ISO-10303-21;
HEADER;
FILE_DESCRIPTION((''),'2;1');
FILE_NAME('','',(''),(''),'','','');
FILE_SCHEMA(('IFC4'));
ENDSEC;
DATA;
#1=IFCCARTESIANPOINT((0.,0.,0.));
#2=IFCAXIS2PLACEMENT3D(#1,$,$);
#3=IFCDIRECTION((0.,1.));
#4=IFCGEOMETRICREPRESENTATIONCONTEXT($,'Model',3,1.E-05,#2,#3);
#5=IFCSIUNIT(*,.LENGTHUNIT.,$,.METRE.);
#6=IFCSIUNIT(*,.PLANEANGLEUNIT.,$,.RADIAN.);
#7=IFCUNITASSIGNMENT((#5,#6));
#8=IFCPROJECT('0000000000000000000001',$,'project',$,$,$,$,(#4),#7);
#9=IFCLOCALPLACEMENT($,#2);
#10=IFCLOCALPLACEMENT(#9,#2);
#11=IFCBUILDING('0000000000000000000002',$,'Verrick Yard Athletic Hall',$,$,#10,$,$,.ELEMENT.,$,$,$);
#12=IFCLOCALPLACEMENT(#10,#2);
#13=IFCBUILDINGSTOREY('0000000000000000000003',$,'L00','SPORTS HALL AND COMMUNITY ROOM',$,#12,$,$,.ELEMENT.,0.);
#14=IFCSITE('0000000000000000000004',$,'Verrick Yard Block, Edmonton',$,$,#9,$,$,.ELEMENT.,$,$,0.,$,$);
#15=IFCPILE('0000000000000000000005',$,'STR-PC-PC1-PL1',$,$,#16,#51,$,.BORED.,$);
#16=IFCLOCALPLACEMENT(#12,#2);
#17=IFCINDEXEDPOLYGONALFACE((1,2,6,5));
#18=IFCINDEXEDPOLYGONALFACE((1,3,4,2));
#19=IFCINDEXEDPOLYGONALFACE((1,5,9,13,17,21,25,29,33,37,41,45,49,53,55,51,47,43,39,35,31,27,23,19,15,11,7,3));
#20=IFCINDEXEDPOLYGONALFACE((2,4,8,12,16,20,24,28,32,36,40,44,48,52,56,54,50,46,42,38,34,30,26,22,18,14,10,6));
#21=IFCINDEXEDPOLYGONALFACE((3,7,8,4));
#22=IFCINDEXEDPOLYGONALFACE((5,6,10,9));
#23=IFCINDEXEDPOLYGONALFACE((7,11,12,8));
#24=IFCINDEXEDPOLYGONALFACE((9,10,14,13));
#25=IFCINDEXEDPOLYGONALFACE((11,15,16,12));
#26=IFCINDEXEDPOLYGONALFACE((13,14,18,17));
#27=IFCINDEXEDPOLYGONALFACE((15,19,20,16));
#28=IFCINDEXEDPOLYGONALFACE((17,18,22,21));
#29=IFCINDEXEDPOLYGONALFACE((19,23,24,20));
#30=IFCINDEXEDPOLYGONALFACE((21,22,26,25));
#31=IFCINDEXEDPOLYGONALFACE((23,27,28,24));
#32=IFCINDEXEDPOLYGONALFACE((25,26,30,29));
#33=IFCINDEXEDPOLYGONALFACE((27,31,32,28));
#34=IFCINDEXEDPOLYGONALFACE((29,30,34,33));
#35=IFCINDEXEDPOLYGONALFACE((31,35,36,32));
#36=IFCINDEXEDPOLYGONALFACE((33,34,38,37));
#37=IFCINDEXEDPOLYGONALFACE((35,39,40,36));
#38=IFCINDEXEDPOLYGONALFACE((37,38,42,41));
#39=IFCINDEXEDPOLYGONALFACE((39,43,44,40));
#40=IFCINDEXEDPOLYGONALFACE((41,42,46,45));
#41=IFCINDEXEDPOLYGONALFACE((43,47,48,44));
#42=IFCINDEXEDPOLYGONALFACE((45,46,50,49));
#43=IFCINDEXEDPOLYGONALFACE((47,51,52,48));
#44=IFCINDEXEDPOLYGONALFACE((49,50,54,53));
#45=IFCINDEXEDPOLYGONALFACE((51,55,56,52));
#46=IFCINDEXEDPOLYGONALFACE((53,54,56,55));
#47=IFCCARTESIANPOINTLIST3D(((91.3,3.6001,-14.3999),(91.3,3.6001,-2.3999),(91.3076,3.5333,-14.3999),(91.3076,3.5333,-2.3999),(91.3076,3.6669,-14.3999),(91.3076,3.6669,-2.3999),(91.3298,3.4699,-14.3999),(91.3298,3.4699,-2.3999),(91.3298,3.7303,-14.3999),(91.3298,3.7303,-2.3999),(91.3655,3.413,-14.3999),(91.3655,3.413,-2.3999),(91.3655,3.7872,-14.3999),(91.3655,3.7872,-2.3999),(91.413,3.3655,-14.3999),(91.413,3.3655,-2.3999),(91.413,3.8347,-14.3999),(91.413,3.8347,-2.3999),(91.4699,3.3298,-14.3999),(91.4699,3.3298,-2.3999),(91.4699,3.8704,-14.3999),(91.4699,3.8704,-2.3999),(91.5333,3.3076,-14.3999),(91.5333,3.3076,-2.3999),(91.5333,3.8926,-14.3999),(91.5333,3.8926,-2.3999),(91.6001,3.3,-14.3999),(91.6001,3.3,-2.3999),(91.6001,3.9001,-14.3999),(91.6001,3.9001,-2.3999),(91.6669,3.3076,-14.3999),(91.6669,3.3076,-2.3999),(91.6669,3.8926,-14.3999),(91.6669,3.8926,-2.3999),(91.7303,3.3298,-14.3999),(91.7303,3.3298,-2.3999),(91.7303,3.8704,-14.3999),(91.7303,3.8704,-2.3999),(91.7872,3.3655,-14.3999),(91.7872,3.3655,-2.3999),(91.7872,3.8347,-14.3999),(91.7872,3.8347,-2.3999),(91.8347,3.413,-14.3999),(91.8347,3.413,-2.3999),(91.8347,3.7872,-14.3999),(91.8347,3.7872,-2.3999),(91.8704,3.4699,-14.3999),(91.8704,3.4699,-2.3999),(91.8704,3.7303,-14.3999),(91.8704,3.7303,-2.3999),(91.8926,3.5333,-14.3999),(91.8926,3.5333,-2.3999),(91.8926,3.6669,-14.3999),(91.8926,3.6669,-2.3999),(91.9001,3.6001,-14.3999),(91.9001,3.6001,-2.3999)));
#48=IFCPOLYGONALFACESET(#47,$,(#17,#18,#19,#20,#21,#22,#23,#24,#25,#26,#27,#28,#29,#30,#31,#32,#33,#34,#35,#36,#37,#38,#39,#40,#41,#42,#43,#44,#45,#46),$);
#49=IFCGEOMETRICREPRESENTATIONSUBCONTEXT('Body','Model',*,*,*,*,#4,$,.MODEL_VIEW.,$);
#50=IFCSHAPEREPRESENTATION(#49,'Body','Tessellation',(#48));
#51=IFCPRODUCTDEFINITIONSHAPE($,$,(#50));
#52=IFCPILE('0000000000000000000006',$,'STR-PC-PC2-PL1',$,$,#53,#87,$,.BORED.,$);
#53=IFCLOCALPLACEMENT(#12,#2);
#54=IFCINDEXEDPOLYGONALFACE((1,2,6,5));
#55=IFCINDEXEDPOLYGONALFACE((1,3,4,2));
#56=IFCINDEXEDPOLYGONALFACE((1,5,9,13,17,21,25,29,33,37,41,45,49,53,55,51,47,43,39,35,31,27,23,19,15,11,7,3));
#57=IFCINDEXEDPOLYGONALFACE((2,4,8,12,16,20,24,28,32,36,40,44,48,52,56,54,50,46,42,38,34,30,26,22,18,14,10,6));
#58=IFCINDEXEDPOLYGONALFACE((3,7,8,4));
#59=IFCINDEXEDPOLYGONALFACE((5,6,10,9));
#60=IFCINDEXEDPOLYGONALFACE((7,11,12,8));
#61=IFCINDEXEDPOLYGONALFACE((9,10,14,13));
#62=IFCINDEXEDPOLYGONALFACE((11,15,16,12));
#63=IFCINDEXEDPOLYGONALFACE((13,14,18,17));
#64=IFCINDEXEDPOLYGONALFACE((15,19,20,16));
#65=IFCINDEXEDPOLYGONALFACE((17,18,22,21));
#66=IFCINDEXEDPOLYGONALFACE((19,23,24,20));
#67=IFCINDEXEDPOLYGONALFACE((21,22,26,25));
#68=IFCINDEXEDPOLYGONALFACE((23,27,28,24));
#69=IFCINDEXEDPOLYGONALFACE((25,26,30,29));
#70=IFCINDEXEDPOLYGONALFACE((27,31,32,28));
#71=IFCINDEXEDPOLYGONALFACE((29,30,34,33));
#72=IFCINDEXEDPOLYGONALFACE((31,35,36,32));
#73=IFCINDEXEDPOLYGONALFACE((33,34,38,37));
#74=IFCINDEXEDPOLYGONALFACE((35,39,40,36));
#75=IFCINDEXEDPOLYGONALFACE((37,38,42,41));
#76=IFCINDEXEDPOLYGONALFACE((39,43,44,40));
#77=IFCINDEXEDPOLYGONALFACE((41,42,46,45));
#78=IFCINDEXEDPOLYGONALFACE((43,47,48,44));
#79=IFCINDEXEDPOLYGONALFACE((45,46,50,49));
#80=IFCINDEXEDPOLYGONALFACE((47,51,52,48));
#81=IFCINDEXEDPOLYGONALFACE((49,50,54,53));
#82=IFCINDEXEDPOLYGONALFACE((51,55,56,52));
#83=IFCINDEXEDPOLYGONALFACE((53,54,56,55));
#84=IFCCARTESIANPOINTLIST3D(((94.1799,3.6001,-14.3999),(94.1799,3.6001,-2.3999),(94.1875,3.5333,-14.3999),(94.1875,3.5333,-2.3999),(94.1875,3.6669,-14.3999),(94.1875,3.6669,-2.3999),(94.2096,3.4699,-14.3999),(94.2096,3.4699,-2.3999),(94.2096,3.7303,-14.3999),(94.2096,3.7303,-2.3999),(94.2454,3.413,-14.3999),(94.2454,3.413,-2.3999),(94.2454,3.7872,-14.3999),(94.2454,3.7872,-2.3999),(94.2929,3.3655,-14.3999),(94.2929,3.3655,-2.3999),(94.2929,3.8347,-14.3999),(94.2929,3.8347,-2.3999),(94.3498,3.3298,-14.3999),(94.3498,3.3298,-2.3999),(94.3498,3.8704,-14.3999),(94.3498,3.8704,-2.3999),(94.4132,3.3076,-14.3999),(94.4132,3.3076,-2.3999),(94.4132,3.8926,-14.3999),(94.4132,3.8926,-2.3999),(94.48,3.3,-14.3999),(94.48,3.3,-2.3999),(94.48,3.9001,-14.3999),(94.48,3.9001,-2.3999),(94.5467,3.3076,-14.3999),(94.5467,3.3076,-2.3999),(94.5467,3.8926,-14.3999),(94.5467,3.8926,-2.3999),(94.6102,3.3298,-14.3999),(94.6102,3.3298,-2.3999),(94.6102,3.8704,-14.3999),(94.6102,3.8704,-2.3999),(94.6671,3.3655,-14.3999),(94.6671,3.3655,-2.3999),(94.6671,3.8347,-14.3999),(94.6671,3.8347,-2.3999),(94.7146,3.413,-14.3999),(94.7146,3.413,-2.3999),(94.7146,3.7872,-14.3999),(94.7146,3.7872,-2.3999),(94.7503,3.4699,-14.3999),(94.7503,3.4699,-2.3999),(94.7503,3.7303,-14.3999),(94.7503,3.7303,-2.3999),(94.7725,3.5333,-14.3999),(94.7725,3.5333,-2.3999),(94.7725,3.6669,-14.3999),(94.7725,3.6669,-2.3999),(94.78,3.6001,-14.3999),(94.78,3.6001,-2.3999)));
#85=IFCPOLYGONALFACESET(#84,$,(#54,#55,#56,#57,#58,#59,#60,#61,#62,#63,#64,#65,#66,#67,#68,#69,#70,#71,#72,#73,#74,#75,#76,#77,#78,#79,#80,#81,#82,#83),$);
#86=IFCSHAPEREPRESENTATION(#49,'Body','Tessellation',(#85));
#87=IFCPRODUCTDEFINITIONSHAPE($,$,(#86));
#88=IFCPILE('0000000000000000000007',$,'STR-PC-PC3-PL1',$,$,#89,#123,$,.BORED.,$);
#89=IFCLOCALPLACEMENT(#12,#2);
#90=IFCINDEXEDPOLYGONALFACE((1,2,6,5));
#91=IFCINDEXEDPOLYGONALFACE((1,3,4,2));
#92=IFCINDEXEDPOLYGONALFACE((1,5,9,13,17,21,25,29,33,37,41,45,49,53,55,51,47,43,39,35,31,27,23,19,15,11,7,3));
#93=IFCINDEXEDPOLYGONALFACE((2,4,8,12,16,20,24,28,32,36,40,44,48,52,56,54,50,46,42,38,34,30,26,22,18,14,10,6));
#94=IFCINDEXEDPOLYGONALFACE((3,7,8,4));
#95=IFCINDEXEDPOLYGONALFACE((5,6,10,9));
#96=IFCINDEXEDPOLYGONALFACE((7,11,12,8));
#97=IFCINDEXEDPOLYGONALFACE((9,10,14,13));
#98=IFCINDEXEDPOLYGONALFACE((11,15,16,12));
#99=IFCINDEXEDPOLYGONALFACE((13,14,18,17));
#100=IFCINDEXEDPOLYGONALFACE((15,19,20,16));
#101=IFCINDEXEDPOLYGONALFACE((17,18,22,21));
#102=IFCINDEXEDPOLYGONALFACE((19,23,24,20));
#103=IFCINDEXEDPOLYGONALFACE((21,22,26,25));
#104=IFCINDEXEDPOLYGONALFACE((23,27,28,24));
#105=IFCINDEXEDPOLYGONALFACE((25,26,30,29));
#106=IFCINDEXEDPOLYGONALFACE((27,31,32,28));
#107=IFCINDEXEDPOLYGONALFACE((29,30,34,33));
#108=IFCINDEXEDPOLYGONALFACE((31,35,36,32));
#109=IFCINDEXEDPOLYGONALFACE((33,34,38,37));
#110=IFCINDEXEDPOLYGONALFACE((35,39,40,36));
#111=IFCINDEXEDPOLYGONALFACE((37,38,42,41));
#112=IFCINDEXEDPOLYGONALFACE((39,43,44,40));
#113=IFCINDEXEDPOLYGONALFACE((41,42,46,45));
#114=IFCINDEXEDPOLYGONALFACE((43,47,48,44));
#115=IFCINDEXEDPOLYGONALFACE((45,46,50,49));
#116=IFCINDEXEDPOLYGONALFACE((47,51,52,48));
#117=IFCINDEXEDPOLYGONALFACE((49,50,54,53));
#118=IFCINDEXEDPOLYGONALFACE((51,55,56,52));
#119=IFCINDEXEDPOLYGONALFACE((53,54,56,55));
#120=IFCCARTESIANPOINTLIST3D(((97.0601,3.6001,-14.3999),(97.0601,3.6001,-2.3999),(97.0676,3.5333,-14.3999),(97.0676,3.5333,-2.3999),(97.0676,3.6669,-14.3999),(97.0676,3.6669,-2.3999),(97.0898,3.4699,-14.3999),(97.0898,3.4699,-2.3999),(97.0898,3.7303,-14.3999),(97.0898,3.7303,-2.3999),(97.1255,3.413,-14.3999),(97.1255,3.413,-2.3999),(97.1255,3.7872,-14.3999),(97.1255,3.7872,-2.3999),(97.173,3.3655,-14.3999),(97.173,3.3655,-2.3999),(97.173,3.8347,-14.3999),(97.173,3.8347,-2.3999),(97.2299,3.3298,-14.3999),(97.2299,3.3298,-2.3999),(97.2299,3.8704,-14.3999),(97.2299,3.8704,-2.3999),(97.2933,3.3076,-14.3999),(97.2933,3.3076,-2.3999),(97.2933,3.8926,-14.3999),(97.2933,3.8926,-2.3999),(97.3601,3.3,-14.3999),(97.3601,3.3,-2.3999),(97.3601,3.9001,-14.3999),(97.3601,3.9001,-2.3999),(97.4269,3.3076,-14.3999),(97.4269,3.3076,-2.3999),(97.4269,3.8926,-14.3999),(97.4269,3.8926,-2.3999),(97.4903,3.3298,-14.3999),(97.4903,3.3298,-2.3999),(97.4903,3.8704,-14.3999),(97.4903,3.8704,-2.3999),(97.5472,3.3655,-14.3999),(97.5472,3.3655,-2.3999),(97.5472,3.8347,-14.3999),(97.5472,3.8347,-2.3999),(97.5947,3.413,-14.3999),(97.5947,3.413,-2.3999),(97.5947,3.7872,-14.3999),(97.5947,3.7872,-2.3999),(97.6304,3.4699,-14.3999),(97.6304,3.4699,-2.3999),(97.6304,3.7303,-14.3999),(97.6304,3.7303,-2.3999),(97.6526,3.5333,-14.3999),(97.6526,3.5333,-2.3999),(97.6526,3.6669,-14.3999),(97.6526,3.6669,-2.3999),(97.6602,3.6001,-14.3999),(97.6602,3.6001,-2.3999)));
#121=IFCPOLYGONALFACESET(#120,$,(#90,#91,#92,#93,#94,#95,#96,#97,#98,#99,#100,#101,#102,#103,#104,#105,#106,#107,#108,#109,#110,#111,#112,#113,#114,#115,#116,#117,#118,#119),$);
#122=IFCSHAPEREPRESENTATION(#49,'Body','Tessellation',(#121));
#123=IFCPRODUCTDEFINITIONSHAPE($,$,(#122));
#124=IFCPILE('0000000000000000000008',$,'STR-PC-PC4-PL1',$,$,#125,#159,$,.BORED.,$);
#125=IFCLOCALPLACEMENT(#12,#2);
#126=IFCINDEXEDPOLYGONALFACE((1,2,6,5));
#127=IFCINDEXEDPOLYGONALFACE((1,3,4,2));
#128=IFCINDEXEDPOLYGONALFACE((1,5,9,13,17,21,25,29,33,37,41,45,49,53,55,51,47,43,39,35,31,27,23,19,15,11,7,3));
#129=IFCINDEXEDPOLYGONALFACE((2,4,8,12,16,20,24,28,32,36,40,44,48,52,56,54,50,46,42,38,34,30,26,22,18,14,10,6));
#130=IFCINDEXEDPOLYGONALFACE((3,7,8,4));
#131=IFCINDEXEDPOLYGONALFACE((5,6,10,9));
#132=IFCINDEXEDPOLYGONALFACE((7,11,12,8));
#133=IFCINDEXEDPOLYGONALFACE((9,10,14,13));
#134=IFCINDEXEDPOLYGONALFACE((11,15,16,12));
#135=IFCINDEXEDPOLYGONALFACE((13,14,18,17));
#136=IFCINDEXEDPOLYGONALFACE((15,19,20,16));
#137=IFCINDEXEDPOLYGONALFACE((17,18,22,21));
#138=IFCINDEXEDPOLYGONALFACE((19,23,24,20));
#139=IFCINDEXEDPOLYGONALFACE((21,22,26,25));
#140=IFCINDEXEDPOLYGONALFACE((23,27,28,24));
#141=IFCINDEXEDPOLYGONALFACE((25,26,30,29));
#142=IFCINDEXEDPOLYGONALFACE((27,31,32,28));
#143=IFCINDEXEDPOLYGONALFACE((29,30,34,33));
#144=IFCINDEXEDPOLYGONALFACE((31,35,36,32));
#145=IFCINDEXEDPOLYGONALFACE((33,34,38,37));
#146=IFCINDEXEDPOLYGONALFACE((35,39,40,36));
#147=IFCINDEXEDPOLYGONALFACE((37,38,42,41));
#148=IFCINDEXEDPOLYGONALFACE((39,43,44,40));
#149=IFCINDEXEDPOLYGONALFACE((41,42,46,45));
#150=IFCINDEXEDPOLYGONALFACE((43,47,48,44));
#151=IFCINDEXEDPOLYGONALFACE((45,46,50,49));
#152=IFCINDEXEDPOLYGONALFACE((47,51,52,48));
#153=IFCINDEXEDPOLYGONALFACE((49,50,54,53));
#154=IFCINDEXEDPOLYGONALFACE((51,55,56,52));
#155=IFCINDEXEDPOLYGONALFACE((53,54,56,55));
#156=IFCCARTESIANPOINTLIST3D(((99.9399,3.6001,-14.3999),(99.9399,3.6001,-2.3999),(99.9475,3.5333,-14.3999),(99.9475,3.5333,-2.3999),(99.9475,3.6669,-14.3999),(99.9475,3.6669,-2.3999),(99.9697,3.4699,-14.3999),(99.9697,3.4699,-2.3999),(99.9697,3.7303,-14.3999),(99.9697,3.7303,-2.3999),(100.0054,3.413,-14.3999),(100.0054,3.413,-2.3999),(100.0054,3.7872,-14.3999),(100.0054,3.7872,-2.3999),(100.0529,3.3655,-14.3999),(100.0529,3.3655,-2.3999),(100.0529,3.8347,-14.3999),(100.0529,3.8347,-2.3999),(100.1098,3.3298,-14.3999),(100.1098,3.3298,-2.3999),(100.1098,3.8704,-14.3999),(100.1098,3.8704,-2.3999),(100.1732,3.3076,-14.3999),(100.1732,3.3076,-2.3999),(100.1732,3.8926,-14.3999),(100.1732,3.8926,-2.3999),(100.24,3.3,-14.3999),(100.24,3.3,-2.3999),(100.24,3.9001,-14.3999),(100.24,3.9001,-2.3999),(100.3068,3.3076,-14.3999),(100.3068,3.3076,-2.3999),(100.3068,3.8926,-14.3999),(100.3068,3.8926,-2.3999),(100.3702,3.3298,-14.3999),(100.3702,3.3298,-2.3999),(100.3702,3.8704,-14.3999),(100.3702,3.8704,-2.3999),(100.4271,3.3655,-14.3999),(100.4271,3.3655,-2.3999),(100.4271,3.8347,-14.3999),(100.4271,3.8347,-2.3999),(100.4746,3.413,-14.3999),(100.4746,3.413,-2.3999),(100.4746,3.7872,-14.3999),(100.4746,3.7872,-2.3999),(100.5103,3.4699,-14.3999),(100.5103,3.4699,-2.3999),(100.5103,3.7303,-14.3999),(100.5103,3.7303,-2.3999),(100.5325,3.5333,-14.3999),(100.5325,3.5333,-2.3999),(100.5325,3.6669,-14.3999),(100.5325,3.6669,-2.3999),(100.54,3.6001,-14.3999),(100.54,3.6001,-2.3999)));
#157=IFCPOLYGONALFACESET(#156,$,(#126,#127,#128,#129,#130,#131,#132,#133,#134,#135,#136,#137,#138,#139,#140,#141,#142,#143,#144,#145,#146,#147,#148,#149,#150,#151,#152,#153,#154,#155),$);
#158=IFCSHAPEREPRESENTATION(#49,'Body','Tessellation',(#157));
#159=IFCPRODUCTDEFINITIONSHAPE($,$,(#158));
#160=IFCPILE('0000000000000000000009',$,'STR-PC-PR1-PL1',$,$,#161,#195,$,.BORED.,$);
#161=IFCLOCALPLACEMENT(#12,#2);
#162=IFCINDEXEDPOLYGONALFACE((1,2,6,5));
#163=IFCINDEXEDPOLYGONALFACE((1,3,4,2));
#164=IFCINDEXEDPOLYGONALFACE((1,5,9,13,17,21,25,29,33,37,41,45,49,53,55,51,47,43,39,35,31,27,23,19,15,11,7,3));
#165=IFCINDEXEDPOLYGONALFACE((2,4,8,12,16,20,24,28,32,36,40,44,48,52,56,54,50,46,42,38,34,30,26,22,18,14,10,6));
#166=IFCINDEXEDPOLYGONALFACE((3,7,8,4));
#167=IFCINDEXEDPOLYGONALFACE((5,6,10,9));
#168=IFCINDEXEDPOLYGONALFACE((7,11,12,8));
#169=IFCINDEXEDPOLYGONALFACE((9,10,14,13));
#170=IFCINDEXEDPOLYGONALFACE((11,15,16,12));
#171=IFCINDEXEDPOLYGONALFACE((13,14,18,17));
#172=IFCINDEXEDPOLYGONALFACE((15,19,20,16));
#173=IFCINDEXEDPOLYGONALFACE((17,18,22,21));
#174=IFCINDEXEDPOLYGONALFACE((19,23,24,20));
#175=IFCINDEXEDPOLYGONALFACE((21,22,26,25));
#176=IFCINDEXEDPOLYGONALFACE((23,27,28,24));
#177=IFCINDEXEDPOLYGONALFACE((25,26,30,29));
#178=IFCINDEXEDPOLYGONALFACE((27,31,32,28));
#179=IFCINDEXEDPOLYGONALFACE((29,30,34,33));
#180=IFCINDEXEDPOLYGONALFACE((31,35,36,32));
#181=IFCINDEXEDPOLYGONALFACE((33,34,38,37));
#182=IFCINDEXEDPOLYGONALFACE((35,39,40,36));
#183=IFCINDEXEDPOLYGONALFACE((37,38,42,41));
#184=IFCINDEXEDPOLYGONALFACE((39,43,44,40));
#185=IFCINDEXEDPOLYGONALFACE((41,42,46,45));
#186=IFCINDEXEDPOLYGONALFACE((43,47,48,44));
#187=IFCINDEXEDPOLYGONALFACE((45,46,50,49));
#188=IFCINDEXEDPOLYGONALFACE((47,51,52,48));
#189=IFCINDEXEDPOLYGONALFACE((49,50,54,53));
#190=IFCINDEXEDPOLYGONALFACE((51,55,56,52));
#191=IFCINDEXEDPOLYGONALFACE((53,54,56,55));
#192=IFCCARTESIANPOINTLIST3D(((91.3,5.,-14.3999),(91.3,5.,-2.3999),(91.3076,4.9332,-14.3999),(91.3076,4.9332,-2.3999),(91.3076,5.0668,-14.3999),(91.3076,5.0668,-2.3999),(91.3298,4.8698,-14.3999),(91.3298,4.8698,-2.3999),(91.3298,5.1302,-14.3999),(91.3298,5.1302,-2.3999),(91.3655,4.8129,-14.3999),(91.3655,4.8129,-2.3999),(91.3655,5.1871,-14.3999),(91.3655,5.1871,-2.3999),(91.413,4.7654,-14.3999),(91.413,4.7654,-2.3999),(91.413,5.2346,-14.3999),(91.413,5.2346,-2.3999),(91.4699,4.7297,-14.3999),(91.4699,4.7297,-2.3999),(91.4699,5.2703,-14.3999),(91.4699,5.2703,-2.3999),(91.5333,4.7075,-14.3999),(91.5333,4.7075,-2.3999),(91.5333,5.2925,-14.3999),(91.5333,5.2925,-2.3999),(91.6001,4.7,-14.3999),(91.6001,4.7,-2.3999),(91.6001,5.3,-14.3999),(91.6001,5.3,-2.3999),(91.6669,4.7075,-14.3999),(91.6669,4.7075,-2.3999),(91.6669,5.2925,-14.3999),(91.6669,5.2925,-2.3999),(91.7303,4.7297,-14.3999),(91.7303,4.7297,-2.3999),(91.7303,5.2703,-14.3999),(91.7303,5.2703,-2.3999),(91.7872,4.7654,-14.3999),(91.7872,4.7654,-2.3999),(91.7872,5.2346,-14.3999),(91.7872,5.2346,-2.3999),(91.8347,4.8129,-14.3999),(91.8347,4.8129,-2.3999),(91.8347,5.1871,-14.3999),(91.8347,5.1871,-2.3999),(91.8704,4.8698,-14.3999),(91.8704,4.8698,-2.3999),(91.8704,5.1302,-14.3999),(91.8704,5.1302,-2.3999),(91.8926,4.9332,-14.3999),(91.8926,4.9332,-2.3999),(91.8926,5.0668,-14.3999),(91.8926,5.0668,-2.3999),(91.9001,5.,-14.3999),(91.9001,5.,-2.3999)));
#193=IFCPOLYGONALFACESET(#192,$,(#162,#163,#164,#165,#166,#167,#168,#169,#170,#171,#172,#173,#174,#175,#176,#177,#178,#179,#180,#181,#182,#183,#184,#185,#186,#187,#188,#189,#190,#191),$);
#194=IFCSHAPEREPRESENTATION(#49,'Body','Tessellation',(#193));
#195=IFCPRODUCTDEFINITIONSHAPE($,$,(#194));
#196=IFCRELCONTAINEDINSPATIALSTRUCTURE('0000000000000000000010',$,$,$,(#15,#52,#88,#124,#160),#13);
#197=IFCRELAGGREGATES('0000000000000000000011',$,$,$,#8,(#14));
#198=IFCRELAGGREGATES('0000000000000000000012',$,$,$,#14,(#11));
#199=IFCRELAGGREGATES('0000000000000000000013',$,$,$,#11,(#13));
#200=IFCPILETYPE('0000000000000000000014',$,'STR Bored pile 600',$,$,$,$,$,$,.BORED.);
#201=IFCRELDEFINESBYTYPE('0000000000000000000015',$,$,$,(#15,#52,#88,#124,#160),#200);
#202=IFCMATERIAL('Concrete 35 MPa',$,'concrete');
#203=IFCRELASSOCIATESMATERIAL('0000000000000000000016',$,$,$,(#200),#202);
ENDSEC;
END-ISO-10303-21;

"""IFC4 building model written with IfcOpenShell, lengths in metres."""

from ifc_helpers import new_model, si_unit, direction, frame, origin, origin_2d, place, context, subcontext, project, spatial, circle, extrude, material, type_object, element, save


model = new_model("IFC4")

# Units and contexts
model_context = context("Model", 3, precision=1e-05, world=origin(), true_north=direction((0.0, 1.0)))
body_context = subcontext(model_context, "Body", "Model", "MODEL_VIEW")
ifc_project = project(units=[si_unit("LENGTHUNIT", "METRE"), si_unit("PLANEANGLEUNIT", "RADIAN")], contexts=[model_context])

# Site, building, storey
site_placement = place(None, origin())
site = spatial("IfcSite", under=ifc_project, at=site_placement, Name="Verrick Yard Block, Edmonton", CompositionType="ELEMENT", RefElevation=0.0)
building_placement = place(site_placement, origin())
building = spatial("IfcBuilding", under=site, at=building_placement, Name="Verrick Yard Athletic Hall", CompositionType="ELEMENT")
storey_placement = place(building_placement, origin())
storey = spatial("IfcBuildingStorey", under=building, at=storey_placement, Name="L00", Description="SPORTS HALL AND COMMUNITY ROOM", CompositionType="ELEMENT", Elevation=0.0)

# Piles
ifc_material_1 = material(Name="Concrete 35 MPa", Category="concrete")
pile_type = type_object("IfcPileType", Name="STR Bored pile 600", PredefinedType="BORED", material=ifc_material_1)
for number, where, z_axis, x_axis, name in (
    (1, (91.6001, 3.6001, -2.3999), (0.0, 0.0, -1.0), (1.0, 0.0, 0.0), "STR-PC-PC1-PL1"),
    (2, (94.48, 3.6001, -2.3999), (0.0, 0.0, -1.0), (1.0, 0.0, 0.0), "STR-PC-PC2-PL1"),
    (3, (97.3601, 3.6001, -2.3999), (0.0, 0.0, -1.0), (1.0, 0.0, 0.0), "STR-PC-PC3-PL1"),
    (4, (100.24, 3.6001, -2.3999), (0.0, 0.0, -1.0), (1.0, 0.0, 0.0), "STR-PC-PC4-PL1"),
    (5, (91.6001, 5.0, -2.3999), (0.0, 0.0, -1.0), (1.0, 0.0, 0.0), "STR-PC-PR1-PL1"),
):
    element("IfcPile", number, at=place(storey_placement, frame(where, z_axis=z_axis, x_axis=x_axis)), inside=storey, type_object=pile_type, Name=name, PredefinedType="BORED", context=body_context, shape_type="SweptSolid", body=[
        extrude(circle(Radius=0.3, at=origin_2d()), origin(), (0.0, 0.0, 1.0), 12.0),
    ])

save(model, "model.ifc")
